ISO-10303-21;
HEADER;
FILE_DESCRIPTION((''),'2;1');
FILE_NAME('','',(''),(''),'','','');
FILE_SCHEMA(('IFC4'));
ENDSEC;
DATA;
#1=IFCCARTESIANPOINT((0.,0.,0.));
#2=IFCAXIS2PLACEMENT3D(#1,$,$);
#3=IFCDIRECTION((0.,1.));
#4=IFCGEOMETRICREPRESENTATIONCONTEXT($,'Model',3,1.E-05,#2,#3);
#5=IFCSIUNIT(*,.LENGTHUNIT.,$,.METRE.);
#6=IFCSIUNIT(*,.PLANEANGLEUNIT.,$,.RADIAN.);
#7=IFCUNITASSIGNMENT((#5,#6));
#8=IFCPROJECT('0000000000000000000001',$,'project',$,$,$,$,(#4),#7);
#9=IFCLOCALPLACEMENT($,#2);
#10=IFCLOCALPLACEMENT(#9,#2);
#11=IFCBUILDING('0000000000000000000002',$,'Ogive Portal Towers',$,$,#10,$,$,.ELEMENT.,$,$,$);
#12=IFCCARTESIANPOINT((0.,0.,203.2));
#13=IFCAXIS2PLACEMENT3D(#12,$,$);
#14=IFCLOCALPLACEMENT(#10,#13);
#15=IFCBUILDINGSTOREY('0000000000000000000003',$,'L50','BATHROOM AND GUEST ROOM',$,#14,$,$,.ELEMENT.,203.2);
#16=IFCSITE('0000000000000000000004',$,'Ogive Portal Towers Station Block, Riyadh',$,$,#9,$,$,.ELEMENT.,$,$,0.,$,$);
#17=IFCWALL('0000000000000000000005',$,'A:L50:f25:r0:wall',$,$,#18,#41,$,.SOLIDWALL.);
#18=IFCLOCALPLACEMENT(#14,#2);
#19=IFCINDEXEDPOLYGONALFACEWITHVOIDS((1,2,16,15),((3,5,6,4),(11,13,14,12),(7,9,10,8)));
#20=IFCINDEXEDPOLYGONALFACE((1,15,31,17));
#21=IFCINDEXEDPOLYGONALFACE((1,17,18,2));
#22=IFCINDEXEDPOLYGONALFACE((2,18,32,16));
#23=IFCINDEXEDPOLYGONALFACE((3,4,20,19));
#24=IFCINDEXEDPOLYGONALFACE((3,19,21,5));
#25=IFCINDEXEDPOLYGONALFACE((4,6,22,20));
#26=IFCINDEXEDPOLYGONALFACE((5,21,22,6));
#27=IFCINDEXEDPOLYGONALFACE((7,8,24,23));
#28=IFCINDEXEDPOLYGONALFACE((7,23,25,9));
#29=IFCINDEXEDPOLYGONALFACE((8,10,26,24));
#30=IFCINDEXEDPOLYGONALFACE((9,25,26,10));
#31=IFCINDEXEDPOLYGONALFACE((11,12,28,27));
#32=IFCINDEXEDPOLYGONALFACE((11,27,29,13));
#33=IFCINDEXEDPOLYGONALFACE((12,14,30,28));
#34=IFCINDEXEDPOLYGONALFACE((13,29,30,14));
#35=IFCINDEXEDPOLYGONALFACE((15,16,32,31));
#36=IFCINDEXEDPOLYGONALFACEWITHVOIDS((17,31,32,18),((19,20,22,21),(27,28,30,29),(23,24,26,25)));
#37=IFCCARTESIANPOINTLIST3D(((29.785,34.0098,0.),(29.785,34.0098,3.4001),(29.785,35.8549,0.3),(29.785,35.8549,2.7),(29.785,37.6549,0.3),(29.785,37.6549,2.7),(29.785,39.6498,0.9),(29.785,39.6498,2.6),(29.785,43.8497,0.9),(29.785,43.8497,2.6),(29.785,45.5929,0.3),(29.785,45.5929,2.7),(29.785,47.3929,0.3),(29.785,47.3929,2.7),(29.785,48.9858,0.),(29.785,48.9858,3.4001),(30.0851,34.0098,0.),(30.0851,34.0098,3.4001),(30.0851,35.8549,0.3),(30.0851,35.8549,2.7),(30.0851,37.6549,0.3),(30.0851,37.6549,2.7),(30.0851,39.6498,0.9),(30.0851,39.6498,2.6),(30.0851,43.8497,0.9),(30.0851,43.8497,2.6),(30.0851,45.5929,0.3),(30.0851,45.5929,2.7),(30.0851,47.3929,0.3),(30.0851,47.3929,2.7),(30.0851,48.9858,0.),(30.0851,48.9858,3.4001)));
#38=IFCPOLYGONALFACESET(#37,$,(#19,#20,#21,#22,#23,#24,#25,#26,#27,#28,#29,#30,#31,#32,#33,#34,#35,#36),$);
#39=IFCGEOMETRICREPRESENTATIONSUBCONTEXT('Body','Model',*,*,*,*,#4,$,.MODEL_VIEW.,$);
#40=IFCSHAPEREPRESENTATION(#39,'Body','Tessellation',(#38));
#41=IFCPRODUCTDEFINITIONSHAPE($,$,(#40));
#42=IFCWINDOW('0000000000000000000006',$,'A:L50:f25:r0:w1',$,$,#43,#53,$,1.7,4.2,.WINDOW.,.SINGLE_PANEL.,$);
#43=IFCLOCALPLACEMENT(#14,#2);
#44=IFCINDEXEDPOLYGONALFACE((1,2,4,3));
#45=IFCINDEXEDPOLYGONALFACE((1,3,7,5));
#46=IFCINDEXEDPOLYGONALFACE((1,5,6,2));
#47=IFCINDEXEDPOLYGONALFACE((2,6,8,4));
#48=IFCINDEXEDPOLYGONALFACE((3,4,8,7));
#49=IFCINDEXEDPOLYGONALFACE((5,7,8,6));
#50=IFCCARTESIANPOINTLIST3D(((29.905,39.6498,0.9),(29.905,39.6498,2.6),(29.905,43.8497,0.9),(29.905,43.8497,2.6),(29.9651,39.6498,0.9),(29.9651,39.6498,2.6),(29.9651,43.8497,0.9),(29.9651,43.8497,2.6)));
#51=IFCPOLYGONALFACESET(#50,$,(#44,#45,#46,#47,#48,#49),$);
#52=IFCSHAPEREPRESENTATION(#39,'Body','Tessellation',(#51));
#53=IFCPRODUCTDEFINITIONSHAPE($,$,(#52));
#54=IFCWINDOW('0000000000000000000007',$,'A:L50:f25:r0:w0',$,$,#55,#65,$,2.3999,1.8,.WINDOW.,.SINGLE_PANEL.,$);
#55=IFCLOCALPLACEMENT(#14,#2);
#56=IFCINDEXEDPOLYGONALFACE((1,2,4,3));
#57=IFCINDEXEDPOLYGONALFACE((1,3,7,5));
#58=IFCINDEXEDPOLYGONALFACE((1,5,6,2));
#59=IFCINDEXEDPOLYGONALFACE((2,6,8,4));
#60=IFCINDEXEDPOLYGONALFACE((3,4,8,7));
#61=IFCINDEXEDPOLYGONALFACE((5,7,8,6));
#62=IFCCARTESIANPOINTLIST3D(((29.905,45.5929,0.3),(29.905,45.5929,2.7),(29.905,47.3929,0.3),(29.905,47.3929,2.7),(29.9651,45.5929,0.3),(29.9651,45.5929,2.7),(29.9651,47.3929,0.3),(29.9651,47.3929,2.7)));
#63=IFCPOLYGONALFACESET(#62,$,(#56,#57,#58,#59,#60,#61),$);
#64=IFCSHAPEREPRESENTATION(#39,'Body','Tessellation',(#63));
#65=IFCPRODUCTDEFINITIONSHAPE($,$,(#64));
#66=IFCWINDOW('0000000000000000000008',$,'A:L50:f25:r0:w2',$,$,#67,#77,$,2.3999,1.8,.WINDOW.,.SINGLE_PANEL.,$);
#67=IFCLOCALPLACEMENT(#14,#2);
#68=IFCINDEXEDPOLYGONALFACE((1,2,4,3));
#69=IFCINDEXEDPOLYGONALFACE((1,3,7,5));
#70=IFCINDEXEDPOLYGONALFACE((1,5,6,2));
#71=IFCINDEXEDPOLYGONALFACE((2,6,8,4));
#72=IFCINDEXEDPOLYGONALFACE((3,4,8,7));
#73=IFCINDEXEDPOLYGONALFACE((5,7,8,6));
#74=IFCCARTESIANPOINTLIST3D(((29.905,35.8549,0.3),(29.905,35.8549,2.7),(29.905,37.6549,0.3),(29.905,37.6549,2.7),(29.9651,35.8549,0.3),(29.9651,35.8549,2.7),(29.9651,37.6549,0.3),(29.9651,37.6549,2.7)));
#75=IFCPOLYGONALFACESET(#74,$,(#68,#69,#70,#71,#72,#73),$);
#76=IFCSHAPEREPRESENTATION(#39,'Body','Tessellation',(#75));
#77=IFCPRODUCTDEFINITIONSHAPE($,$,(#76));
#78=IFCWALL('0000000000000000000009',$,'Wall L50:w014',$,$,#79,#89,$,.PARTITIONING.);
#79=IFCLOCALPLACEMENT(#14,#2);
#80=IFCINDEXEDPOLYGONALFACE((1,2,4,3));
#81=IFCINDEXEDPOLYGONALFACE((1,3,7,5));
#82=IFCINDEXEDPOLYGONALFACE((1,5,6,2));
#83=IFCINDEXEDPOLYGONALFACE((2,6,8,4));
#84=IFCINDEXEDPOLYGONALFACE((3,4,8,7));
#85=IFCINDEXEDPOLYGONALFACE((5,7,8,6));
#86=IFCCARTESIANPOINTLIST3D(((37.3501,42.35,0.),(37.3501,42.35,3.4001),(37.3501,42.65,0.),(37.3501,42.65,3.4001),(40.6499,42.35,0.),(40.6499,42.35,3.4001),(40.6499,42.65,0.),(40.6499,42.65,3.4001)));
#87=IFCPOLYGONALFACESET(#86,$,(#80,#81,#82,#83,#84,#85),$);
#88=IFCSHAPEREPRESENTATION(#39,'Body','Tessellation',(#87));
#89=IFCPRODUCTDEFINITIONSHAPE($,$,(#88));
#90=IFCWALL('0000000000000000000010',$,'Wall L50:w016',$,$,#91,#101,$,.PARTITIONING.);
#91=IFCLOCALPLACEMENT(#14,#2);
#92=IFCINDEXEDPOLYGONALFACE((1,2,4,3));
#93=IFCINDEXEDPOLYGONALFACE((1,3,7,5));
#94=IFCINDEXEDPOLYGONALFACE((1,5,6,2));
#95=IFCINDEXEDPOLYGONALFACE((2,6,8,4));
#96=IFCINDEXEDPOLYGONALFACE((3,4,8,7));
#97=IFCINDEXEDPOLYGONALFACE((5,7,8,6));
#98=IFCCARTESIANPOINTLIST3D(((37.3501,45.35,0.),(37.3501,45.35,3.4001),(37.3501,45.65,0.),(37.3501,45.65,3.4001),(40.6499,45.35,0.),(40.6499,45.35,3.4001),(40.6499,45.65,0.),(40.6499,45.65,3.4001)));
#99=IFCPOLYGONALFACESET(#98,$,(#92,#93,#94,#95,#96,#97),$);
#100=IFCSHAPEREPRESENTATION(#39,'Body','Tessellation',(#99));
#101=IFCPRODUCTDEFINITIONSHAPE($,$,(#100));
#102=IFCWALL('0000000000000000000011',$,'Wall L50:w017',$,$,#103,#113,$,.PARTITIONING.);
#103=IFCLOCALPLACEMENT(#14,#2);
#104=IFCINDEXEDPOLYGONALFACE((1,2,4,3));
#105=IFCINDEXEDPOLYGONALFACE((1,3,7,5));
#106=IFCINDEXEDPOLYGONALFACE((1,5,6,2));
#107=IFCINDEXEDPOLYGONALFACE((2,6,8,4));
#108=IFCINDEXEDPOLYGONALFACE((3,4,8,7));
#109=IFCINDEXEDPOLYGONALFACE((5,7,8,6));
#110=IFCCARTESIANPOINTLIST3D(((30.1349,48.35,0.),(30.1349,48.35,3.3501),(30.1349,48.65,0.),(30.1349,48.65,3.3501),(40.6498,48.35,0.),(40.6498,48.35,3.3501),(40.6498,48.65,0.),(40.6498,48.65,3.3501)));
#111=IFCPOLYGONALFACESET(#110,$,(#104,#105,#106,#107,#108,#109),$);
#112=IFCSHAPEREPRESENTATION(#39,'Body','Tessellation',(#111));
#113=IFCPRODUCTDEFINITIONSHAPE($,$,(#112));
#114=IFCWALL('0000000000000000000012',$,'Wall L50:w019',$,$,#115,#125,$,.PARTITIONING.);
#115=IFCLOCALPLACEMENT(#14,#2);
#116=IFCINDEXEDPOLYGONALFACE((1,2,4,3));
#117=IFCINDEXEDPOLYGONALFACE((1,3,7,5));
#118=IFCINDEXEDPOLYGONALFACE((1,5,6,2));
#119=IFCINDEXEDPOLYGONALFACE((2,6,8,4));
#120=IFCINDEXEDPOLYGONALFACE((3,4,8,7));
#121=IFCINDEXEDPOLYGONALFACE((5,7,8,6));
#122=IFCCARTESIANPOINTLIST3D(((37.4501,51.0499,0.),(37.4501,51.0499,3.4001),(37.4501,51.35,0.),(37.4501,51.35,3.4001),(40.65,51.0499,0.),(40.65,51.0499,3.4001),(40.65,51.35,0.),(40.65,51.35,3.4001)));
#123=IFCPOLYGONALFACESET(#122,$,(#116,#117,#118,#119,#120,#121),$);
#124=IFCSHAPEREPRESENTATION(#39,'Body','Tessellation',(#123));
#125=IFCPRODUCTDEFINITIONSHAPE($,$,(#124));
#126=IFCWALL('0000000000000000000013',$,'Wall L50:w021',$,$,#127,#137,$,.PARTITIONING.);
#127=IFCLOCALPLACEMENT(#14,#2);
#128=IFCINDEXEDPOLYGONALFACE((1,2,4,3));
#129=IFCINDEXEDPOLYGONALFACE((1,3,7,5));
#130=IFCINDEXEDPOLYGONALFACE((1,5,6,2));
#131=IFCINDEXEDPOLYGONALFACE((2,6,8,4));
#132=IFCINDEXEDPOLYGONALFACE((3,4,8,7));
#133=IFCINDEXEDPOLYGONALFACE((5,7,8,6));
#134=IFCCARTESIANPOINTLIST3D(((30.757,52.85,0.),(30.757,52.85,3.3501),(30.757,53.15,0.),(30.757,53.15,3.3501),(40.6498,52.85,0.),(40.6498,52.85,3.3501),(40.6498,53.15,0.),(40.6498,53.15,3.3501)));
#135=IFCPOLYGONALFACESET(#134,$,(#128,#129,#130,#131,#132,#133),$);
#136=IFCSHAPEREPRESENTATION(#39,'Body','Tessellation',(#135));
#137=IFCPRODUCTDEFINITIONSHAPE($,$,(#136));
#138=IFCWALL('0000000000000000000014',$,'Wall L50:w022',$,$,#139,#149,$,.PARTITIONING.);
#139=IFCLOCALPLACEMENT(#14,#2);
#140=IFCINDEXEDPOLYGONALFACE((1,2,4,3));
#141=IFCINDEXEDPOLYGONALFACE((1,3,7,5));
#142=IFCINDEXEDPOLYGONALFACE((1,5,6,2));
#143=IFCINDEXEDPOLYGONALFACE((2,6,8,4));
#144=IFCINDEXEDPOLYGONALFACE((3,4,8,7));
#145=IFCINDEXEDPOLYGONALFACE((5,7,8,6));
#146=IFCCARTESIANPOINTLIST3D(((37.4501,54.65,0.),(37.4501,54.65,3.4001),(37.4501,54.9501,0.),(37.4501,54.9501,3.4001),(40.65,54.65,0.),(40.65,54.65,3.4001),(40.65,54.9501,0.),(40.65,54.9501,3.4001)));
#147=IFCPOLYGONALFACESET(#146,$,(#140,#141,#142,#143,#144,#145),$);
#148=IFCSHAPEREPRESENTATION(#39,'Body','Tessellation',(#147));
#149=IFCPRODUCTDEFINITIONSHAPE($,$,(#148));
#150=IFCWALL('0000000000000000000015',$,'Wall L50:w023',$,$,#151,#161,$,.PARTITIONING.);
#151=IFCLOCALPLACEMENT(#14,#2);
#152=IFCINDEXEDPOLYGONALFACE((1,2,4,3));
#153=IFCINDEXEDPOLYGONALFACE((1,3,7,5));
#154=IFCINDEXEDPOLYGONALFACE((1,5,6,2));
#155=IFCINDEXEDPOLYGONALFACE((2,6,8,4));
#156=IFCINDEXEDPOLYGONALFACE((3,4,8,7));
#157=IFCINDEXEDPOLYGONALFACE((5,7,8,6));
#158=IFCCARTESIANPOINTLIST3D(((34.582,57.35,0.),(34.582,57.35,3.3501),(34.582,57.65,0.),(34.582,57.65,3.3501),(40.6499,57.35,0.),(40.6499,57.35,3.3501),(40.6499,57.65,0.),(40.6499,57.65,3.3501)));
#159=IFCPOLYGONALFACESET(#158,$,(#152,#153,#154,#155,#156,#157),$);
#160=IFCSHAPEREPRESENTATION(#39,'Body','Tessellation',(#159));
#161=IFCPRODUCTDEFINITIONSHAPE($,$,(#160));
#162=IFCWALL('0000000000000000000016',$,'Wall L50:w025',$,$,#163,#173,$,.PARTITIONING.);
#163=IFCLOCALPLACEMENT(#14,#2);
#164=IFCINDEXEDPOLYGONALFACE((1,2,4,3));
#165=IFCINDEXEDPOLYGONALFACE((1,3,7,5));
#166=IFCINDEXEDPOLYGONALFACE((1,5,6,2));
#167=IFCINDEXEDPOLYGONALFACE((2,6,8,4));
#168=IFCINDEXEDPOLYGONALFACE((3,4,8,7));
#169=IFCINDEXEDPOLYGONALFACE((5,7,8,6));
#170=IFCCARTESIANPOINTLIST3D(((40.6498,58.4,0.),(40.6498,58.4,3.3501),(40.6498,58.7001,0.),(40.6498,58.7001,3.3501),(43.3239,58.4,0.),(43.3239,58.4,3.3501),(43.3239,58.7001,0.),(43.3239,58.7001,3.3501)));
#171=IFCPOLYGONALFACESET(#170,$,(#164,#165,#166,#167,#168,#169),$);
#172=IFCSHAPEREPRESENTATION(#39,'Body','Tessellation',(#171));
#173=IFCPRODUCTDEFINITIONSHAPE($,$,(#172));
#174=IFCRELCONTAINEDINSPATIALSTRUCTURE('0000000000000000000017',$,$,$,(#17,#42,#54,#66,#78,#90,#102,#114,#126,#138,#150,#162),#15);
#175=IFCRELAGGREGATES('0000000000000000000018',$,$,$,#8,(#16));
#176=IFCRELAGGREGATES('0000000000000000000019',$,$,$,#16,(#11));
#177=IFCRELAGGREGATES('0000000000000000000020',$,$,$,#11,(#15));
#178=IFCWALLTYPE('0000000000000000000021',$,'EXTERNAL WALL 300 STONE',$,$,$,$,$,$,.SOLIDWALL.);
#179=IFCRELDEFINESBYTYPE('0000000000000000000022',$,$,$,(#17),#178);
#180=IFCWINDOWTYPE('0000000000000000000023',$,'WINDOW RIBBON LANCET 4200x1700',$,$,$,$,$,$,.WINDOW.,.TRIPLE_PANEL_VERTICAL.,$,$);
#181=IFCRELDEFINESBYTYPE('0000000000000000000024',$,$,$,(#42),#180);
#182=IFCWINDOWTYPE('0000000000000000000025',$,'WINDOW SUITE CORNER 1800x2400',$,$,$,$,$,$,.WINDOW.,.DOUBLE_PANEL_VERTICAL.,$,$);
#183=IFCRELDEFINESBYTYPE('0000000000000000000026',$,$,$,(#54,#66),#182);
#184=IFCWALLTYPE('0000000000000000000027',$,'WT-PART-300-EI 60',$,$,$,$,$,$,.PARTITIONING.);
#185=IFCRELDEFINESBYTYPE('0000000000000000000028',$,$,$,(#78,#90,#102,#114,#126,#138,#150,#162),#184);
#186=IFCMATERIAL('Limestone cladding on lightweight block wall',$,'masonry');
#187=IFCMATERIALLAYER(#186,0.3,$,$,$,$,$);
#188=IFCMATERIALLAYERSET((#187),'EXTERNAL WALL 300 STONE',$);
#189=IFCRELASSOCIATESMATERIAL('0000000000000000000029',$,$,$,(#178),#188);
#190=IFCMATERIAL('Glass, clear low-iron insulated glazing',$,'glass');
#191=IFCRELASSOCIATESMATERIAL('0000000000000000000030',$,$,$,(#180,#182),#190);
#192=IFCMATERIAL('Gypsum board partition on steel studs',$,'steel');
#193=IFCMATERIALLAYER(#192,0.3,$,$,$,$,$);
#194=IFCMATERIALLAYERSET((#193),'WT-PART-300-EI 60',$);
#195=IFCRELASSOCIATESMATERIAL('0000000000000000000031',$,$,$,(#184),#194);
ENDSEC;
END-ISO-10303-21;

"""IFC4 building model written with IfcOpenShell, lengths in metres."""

from ifc_helpers import new_model, si_unit, direction, frame, frame_2d, origin, place, context, subcontext, project, spatial, rectangle, extrude, material, layer, layer_set, type_object, element, fill, save


model = new_model("IFC4")

# Units and contexts
model_context = context("Model", 3, precision=1e-05, world=origin(), true_north=direction((0.0, 1.0)))
body_context = subcontext(model_context, "Body", "Model", "MODEL_VIEW")
ifc_project = project(units=[si_unit("LENGTHUNIT", "METRE"), si_unit("PLANEANGLEUNIT", "RADIAN")], contexts=[model_context])

# Site, building, storey
site_placement = place(None, origin())
site = spatial("IfcSite", under=ifc_project, at=site_placement, Name="Ogive Portal Towers Station Block, Riyadh", CompositionType="ELEMENT", RefElevation=0.0)
building_placement = place(site_placement, origin())
building = spatial("IfcBuilding", under=site, at=building_placement, Name="Ogive Portal Towers", CompositionType="ELEMENT")
storey_placement = place(building_placement, frame((0.0, 0.0, 203.2)))
storey = spatial("IfcBuildingStorey", under=building, at=storey_placement, Name="L50", Description="BATHROOM AND GUEST ROOM", CompositionType="ELEMENT", Elevation=203.2)

# Shared definitions
ifc_material_1 = material(Name="Glass, clear low-iron insulated glazing", Category="glass")

# Wall, openings, windows
ifc_material_2 = material(Name="Limestone cladding on lightweight block wall", Category="masonry")
ifc_layer_1 = layer(ifc_material_2, 0.3)
ifc_layer_set_1 = layer_set([ifc_layer_1], Name="EXTERNAL WALL 300 STONE")
wall_type_1 = type_object("IfcWallType", Name="EXTERNAL WALL 300 STONE", PredefinedType="SOLIDWALL", material=ifc_layer_set_1)
wall_1_placement = place(storey_placement, frame((29.9351, 48.9858, 0.0), z_axis=(0.0, 0.0, 1.0), x_axis=(0.0, -1.0, 0.0)))
wall_1 = element("IfcWall", 1, at=wall_1_placement, inside=storey, type_object=wall_type_1, Name="A:L50:f25:r0:wall", PredefinedType="SOLIDWALL", context=body_context, shape_type="SweptSolid", body=[
    extrude(rectangle(XDim=14.9761, YDim=0.3, at=frame_2d((7.488, 0.0))), origin(), (0.0, 0.0, 1.0), 3.4001),
])
opening_1_placement = place(wall_1_placement, frame((1.593, 0.0, 0.3)))
opening_1 = element("IfcOpeningElement", 2, at=opening_1_placement, cuts=wall_1, PredefinedType="OPENING", context=body_context, shape_type="SweptSolid", body=[
    extrude(rectangle(XDim=1.8, YDim=2.3999, at=frame_2d((0.8999, 1.2))), frame((0.0, 0.1602, 0.0), z_axis=(0.0, -1.0, 0.0), x_axis=(1.0, 0.0, 0.0)), (0.0, 0.0, 1.0), 0.3201),
])
opening_2_placement = place(wall_1_placement, frame((5.136, 0.0, 0.8999)))
opening_2 = element("IfcOpeningElement", 3, at=opening_2_placement, cuts=wall_1, PredefinedType="OPENING", context=body_context, shape_type="SweptSolid", body=[
    extrude(rectangle(XDim=4.2, YDim=1.7, at=frame_2d((2.1001, 0.8501))), frame((0.0, 0.1602, 0.0), z_axis=(0.0, -1.0, 0.0), x_axis=(1.0, 0.0, 0.0)), (0.0, 0.0, 1.0), 0.3201),
])
opening_3_placement = place(wall_1_placement, frame((11.3311, 0.0, 0.3)))
opening_3 = element("IfcOpeningElement", 4, at=opening_3_placement, cuts=wall_1, PredefinedType="OPENING", context=body_context, shape_type="SweptSolid", body=[
    extrude(rectangle(XDim=1.8, YDim=2.3999, at=frame_2d((0.8999, 1.2))), frame((0.0, 0.1602, 0.0), z_axis=(0.0, -1.0, 0.0), x_axis=(1.0, 0.0, 0.0)), (0.0, 0.0, 1.0), 0.3201),
])
window_type_1 = type_object("IfcWindowType", Name="WINDOW RIBBON LANCET 4200x1700", PartitioningType="TRIPLE_PANEL_VERTICAL", PredefinedType="WINDOW", material=ifc_material_1)
window_1_placement = place(opening_2_placement, origin())
window_1 = element("IfcWindow", 5, at=window_1_placement, inside=storey, type_object=window_type_1, Name="A:L50:f25:r0:w1", OverallHeight=1.7, OverallWidth=4.2, PartitioningType="SINGLE_PANEL", PredefinedType="WINDOW", context=body_context, shape_type="SweptSolid", body=[
    extrude(rectangle(XDim=4.2, YDim=1.7, at=frame_2d((2.1001, 0.8501))), frame((0.0, 0.03, 0.0), z_axis=(0.0, -1.0, 0.0), x_axis=(1.0, 0.0, 0.0)), (0.0, 0.0, 1.0), 0.0601),
])
fill(opening_2, window_1)
window_type_2 = type_object("IfcWindowType", Name="WINDOW SUITE CORNER 1800x2400", PartitioningType="DOUBLE_PANEL_VERTICAL", PredefinedType="WINDOW", material=ifc_material_1)
window_2_placement = place(opening_1_placement, origin())
window_2 = element("IfcWindow", 6, at=window_2_placement, inside=storey, type_object=window_type_2, Name="A:L50:f25:r0:w0", OverallHeight=2.3999, OverallWidth=1.8, PartitioningType="SINGLE_PANEL", PredefinedType="WINDOW", context=body_context, shape_type="SweptSolid", body=[
    extrude(rectangle(XDim=1.8, YDim=2.3999, at=frame_2d((0.8999, 1.2))), frame((0.0, 0.03, 0.0), z_axis=(0.0, -1.0, 0.0), x_axis=(1.0, 0.0, 0.0)), (0.0, 0.0, 1.0), 0.0601),
])
fill(opening_1, window_2)
window_3_placement = place(opening_3_placement, origin())
window_3 = element("IfcWindow", 7, at=window_3_placement, inside=storey, type_object=window_type_2, Name="A:L50:f25:r0:w2", OverallHeight=2.3999, OverallWidth=1.8, PartitioningType="SINGLE_PANEL", PredefinedType="WINDOW", context=body_context, shape_type="SweptSolid", body=[
    extrude(rectangle(XDim=1.8, YDim=2.3999, at=frame_2d((0.8999, 1.2))), frame((0.0, 0.03, 0.0), z_axis=(0.0, -1.0, 0.0), x_axis=(1.0, 0.0, 0.0)), (0.0, 0.0, 1.0), 0.0601),
])
fill(opening_3, window_3)

# Walls
ifc_material_3 = material(Name="Gypsum board partition on steel studs", Category="steel")
ifc_layer_2 = layer(ifc_material_3, 0.3)
ifc_layer_set_2 = layer_set([ifc_layer_2], Name="WT-PART-300-EI 60")
wall_type_2 = type_object("IfcWallType", Name="WT-PART-300-EI 60", PredefinedType="PARTITIONING", material=ifc_layer_set_2)
for number, where, z_axis, x_axis, name in (
    (8, (37.3501, 42.5, 0.0), (0.0, 0.0, 1.0), (1.0, 0.0, 0.0), "Wall L50:w014"),
    (9, (37.3501, 45.5, 0.0), (0.0, 0.0, 1.0), (1.0, 0.0, 0.0), "Wall L50:w016"),
):
    element("IfcWall", number, at=place(storey_placement, frame(where, z_axis=z_axis, x_axis=x_axis)), inside=storey, type_object=wall_type_2, Name=name, PredefinedType="PARTITIONING", context=body_context, shape_type="SweptSolid", body=[
        extrude(rectangle(XDim=3.2998, YDim=0.3, at=frame_2d((1.6499, 0.0))), origin(), (0.0, 0.0, 1.0), 3.4001),
    ])
wall_2_placement = place(storey_placement, frame((30.135, 48.5, 0.0), z_axis=(0.0, 0.0, 1.0), x_axis=(1.0, 0.0, 0.0)))
element("IfcWall", 10, at=wall_2_placement, inside=storey, type_object=wall_type_2, Name="Wall L50:w017", PredefinedType="PARTITIONING", context=body_context, shape_type="SweptSolid", body=[
    extrude(rectangle(XDim=10.5149, YDim=0.3, at=frame_2d((5.2573, 0.0))), origin(), (0.0, 0.0, 1.0), 3.3501),
])
wall_3_placement = place(storey_placement, frame((37.45, 51.2, 0.0), z_axis=(0.0, 0.0, 1.0), x_axis=(1.0, 0.0, 0.0)))
element("IfcWall", 11, at=wall_3_placement, inside=storey, type_object=wall_type_2, Name="Wall L50:w019", PredefinedType="PARTITIONING", context=body_context, shape_type="SweptSolid", body=[
    extrude(rectangle(XDim=3.2, YDim=0.3, at=frame_2d((1.6001, 0.0))), origin(), (0.0, 0.0, 1.0), 3.4001),
])
wall_4_placement = place(storey_placement, frame((30.7571, 53.0, 0.0), z_axis=(0.0, 0.0, 1.0), x_axis=(1.0, 0.0, 0.0)))
element("IfcWall", 12, at=wall_4_placement, inside=storey, type_object=wall_type_2, Name="Wall L50:w021", PredefinedType="PARTITIONING", context=body_context, shape_type="SweptSolid", body=[
    extrude(rectangle(XDim=9.8928, YDim=0.3, at=frame_2d((4.9463, 0.0))), origin(), (0.0, 0.0, 1.0), 3.3501),
])
wall_5_placement = place(storey_placement, frame((37.45, 54.8, 0.0), z_axis=(0.0, 0.0, 1.0), x_axis=(1.0, 0.0, 0.0)))
element("IfcWall", 13, at=wall_5_placement, inside=storey, type_object=wall_type_2, Name="Wall L50:w022", PredefinedType="PARTITIONING", context=body_context, shape_type="SweptSolid", body=[
    extrude(rectangle(XDim=3.2, YDim=0.3, at=frame_2d((1.6001, 0.0))), origin(), (0.0, 0.0, 1.0), 3.4001),
])
wall_6_placement = place(storey_placement, frame((34.582, 57.5, 0.0), z_axis=(0.0, 0.0, 1.0), x_axis=(1.0, 0.0, 0.0)))
element("IfcWall", 14, at=wall_6_placement, inside=storey, type_object=wall_type_2, Name="Wall L50:w023", PredefinedType="PARTITIONING", context=body_context, shape_type="SweptSolid", body=[
    extrude(rectangle(XDim=6.0679, YDim=0.3, at=frame_2d((3.0339, 0.0))), origin(), (0.0, 0.0, 1.0), 3.3501),
])
wall_7_placement = place(storey_placement, frame((40.6499, 58.55, 0.0), z_axis=(0.0, 0.0, 1.0), x_axis=(1.0, 0.0, 0.0)))
element("IfcWall", 15, at=wall_7_placement, inside=storey, type_object=wall_type_2, Name="Wall L50:w025", PredefinedType="PARTITIONING", context=body_context, shape_type="SweptSolid", body=[
    extrude(rectangle(XDim=2.6741, YDim=0.3, at=frame_2d((1.3369, 0.0))), origin(), (0.0, 0.0, 1.0), 3.3501),
])

save(model, "model.ifc")
